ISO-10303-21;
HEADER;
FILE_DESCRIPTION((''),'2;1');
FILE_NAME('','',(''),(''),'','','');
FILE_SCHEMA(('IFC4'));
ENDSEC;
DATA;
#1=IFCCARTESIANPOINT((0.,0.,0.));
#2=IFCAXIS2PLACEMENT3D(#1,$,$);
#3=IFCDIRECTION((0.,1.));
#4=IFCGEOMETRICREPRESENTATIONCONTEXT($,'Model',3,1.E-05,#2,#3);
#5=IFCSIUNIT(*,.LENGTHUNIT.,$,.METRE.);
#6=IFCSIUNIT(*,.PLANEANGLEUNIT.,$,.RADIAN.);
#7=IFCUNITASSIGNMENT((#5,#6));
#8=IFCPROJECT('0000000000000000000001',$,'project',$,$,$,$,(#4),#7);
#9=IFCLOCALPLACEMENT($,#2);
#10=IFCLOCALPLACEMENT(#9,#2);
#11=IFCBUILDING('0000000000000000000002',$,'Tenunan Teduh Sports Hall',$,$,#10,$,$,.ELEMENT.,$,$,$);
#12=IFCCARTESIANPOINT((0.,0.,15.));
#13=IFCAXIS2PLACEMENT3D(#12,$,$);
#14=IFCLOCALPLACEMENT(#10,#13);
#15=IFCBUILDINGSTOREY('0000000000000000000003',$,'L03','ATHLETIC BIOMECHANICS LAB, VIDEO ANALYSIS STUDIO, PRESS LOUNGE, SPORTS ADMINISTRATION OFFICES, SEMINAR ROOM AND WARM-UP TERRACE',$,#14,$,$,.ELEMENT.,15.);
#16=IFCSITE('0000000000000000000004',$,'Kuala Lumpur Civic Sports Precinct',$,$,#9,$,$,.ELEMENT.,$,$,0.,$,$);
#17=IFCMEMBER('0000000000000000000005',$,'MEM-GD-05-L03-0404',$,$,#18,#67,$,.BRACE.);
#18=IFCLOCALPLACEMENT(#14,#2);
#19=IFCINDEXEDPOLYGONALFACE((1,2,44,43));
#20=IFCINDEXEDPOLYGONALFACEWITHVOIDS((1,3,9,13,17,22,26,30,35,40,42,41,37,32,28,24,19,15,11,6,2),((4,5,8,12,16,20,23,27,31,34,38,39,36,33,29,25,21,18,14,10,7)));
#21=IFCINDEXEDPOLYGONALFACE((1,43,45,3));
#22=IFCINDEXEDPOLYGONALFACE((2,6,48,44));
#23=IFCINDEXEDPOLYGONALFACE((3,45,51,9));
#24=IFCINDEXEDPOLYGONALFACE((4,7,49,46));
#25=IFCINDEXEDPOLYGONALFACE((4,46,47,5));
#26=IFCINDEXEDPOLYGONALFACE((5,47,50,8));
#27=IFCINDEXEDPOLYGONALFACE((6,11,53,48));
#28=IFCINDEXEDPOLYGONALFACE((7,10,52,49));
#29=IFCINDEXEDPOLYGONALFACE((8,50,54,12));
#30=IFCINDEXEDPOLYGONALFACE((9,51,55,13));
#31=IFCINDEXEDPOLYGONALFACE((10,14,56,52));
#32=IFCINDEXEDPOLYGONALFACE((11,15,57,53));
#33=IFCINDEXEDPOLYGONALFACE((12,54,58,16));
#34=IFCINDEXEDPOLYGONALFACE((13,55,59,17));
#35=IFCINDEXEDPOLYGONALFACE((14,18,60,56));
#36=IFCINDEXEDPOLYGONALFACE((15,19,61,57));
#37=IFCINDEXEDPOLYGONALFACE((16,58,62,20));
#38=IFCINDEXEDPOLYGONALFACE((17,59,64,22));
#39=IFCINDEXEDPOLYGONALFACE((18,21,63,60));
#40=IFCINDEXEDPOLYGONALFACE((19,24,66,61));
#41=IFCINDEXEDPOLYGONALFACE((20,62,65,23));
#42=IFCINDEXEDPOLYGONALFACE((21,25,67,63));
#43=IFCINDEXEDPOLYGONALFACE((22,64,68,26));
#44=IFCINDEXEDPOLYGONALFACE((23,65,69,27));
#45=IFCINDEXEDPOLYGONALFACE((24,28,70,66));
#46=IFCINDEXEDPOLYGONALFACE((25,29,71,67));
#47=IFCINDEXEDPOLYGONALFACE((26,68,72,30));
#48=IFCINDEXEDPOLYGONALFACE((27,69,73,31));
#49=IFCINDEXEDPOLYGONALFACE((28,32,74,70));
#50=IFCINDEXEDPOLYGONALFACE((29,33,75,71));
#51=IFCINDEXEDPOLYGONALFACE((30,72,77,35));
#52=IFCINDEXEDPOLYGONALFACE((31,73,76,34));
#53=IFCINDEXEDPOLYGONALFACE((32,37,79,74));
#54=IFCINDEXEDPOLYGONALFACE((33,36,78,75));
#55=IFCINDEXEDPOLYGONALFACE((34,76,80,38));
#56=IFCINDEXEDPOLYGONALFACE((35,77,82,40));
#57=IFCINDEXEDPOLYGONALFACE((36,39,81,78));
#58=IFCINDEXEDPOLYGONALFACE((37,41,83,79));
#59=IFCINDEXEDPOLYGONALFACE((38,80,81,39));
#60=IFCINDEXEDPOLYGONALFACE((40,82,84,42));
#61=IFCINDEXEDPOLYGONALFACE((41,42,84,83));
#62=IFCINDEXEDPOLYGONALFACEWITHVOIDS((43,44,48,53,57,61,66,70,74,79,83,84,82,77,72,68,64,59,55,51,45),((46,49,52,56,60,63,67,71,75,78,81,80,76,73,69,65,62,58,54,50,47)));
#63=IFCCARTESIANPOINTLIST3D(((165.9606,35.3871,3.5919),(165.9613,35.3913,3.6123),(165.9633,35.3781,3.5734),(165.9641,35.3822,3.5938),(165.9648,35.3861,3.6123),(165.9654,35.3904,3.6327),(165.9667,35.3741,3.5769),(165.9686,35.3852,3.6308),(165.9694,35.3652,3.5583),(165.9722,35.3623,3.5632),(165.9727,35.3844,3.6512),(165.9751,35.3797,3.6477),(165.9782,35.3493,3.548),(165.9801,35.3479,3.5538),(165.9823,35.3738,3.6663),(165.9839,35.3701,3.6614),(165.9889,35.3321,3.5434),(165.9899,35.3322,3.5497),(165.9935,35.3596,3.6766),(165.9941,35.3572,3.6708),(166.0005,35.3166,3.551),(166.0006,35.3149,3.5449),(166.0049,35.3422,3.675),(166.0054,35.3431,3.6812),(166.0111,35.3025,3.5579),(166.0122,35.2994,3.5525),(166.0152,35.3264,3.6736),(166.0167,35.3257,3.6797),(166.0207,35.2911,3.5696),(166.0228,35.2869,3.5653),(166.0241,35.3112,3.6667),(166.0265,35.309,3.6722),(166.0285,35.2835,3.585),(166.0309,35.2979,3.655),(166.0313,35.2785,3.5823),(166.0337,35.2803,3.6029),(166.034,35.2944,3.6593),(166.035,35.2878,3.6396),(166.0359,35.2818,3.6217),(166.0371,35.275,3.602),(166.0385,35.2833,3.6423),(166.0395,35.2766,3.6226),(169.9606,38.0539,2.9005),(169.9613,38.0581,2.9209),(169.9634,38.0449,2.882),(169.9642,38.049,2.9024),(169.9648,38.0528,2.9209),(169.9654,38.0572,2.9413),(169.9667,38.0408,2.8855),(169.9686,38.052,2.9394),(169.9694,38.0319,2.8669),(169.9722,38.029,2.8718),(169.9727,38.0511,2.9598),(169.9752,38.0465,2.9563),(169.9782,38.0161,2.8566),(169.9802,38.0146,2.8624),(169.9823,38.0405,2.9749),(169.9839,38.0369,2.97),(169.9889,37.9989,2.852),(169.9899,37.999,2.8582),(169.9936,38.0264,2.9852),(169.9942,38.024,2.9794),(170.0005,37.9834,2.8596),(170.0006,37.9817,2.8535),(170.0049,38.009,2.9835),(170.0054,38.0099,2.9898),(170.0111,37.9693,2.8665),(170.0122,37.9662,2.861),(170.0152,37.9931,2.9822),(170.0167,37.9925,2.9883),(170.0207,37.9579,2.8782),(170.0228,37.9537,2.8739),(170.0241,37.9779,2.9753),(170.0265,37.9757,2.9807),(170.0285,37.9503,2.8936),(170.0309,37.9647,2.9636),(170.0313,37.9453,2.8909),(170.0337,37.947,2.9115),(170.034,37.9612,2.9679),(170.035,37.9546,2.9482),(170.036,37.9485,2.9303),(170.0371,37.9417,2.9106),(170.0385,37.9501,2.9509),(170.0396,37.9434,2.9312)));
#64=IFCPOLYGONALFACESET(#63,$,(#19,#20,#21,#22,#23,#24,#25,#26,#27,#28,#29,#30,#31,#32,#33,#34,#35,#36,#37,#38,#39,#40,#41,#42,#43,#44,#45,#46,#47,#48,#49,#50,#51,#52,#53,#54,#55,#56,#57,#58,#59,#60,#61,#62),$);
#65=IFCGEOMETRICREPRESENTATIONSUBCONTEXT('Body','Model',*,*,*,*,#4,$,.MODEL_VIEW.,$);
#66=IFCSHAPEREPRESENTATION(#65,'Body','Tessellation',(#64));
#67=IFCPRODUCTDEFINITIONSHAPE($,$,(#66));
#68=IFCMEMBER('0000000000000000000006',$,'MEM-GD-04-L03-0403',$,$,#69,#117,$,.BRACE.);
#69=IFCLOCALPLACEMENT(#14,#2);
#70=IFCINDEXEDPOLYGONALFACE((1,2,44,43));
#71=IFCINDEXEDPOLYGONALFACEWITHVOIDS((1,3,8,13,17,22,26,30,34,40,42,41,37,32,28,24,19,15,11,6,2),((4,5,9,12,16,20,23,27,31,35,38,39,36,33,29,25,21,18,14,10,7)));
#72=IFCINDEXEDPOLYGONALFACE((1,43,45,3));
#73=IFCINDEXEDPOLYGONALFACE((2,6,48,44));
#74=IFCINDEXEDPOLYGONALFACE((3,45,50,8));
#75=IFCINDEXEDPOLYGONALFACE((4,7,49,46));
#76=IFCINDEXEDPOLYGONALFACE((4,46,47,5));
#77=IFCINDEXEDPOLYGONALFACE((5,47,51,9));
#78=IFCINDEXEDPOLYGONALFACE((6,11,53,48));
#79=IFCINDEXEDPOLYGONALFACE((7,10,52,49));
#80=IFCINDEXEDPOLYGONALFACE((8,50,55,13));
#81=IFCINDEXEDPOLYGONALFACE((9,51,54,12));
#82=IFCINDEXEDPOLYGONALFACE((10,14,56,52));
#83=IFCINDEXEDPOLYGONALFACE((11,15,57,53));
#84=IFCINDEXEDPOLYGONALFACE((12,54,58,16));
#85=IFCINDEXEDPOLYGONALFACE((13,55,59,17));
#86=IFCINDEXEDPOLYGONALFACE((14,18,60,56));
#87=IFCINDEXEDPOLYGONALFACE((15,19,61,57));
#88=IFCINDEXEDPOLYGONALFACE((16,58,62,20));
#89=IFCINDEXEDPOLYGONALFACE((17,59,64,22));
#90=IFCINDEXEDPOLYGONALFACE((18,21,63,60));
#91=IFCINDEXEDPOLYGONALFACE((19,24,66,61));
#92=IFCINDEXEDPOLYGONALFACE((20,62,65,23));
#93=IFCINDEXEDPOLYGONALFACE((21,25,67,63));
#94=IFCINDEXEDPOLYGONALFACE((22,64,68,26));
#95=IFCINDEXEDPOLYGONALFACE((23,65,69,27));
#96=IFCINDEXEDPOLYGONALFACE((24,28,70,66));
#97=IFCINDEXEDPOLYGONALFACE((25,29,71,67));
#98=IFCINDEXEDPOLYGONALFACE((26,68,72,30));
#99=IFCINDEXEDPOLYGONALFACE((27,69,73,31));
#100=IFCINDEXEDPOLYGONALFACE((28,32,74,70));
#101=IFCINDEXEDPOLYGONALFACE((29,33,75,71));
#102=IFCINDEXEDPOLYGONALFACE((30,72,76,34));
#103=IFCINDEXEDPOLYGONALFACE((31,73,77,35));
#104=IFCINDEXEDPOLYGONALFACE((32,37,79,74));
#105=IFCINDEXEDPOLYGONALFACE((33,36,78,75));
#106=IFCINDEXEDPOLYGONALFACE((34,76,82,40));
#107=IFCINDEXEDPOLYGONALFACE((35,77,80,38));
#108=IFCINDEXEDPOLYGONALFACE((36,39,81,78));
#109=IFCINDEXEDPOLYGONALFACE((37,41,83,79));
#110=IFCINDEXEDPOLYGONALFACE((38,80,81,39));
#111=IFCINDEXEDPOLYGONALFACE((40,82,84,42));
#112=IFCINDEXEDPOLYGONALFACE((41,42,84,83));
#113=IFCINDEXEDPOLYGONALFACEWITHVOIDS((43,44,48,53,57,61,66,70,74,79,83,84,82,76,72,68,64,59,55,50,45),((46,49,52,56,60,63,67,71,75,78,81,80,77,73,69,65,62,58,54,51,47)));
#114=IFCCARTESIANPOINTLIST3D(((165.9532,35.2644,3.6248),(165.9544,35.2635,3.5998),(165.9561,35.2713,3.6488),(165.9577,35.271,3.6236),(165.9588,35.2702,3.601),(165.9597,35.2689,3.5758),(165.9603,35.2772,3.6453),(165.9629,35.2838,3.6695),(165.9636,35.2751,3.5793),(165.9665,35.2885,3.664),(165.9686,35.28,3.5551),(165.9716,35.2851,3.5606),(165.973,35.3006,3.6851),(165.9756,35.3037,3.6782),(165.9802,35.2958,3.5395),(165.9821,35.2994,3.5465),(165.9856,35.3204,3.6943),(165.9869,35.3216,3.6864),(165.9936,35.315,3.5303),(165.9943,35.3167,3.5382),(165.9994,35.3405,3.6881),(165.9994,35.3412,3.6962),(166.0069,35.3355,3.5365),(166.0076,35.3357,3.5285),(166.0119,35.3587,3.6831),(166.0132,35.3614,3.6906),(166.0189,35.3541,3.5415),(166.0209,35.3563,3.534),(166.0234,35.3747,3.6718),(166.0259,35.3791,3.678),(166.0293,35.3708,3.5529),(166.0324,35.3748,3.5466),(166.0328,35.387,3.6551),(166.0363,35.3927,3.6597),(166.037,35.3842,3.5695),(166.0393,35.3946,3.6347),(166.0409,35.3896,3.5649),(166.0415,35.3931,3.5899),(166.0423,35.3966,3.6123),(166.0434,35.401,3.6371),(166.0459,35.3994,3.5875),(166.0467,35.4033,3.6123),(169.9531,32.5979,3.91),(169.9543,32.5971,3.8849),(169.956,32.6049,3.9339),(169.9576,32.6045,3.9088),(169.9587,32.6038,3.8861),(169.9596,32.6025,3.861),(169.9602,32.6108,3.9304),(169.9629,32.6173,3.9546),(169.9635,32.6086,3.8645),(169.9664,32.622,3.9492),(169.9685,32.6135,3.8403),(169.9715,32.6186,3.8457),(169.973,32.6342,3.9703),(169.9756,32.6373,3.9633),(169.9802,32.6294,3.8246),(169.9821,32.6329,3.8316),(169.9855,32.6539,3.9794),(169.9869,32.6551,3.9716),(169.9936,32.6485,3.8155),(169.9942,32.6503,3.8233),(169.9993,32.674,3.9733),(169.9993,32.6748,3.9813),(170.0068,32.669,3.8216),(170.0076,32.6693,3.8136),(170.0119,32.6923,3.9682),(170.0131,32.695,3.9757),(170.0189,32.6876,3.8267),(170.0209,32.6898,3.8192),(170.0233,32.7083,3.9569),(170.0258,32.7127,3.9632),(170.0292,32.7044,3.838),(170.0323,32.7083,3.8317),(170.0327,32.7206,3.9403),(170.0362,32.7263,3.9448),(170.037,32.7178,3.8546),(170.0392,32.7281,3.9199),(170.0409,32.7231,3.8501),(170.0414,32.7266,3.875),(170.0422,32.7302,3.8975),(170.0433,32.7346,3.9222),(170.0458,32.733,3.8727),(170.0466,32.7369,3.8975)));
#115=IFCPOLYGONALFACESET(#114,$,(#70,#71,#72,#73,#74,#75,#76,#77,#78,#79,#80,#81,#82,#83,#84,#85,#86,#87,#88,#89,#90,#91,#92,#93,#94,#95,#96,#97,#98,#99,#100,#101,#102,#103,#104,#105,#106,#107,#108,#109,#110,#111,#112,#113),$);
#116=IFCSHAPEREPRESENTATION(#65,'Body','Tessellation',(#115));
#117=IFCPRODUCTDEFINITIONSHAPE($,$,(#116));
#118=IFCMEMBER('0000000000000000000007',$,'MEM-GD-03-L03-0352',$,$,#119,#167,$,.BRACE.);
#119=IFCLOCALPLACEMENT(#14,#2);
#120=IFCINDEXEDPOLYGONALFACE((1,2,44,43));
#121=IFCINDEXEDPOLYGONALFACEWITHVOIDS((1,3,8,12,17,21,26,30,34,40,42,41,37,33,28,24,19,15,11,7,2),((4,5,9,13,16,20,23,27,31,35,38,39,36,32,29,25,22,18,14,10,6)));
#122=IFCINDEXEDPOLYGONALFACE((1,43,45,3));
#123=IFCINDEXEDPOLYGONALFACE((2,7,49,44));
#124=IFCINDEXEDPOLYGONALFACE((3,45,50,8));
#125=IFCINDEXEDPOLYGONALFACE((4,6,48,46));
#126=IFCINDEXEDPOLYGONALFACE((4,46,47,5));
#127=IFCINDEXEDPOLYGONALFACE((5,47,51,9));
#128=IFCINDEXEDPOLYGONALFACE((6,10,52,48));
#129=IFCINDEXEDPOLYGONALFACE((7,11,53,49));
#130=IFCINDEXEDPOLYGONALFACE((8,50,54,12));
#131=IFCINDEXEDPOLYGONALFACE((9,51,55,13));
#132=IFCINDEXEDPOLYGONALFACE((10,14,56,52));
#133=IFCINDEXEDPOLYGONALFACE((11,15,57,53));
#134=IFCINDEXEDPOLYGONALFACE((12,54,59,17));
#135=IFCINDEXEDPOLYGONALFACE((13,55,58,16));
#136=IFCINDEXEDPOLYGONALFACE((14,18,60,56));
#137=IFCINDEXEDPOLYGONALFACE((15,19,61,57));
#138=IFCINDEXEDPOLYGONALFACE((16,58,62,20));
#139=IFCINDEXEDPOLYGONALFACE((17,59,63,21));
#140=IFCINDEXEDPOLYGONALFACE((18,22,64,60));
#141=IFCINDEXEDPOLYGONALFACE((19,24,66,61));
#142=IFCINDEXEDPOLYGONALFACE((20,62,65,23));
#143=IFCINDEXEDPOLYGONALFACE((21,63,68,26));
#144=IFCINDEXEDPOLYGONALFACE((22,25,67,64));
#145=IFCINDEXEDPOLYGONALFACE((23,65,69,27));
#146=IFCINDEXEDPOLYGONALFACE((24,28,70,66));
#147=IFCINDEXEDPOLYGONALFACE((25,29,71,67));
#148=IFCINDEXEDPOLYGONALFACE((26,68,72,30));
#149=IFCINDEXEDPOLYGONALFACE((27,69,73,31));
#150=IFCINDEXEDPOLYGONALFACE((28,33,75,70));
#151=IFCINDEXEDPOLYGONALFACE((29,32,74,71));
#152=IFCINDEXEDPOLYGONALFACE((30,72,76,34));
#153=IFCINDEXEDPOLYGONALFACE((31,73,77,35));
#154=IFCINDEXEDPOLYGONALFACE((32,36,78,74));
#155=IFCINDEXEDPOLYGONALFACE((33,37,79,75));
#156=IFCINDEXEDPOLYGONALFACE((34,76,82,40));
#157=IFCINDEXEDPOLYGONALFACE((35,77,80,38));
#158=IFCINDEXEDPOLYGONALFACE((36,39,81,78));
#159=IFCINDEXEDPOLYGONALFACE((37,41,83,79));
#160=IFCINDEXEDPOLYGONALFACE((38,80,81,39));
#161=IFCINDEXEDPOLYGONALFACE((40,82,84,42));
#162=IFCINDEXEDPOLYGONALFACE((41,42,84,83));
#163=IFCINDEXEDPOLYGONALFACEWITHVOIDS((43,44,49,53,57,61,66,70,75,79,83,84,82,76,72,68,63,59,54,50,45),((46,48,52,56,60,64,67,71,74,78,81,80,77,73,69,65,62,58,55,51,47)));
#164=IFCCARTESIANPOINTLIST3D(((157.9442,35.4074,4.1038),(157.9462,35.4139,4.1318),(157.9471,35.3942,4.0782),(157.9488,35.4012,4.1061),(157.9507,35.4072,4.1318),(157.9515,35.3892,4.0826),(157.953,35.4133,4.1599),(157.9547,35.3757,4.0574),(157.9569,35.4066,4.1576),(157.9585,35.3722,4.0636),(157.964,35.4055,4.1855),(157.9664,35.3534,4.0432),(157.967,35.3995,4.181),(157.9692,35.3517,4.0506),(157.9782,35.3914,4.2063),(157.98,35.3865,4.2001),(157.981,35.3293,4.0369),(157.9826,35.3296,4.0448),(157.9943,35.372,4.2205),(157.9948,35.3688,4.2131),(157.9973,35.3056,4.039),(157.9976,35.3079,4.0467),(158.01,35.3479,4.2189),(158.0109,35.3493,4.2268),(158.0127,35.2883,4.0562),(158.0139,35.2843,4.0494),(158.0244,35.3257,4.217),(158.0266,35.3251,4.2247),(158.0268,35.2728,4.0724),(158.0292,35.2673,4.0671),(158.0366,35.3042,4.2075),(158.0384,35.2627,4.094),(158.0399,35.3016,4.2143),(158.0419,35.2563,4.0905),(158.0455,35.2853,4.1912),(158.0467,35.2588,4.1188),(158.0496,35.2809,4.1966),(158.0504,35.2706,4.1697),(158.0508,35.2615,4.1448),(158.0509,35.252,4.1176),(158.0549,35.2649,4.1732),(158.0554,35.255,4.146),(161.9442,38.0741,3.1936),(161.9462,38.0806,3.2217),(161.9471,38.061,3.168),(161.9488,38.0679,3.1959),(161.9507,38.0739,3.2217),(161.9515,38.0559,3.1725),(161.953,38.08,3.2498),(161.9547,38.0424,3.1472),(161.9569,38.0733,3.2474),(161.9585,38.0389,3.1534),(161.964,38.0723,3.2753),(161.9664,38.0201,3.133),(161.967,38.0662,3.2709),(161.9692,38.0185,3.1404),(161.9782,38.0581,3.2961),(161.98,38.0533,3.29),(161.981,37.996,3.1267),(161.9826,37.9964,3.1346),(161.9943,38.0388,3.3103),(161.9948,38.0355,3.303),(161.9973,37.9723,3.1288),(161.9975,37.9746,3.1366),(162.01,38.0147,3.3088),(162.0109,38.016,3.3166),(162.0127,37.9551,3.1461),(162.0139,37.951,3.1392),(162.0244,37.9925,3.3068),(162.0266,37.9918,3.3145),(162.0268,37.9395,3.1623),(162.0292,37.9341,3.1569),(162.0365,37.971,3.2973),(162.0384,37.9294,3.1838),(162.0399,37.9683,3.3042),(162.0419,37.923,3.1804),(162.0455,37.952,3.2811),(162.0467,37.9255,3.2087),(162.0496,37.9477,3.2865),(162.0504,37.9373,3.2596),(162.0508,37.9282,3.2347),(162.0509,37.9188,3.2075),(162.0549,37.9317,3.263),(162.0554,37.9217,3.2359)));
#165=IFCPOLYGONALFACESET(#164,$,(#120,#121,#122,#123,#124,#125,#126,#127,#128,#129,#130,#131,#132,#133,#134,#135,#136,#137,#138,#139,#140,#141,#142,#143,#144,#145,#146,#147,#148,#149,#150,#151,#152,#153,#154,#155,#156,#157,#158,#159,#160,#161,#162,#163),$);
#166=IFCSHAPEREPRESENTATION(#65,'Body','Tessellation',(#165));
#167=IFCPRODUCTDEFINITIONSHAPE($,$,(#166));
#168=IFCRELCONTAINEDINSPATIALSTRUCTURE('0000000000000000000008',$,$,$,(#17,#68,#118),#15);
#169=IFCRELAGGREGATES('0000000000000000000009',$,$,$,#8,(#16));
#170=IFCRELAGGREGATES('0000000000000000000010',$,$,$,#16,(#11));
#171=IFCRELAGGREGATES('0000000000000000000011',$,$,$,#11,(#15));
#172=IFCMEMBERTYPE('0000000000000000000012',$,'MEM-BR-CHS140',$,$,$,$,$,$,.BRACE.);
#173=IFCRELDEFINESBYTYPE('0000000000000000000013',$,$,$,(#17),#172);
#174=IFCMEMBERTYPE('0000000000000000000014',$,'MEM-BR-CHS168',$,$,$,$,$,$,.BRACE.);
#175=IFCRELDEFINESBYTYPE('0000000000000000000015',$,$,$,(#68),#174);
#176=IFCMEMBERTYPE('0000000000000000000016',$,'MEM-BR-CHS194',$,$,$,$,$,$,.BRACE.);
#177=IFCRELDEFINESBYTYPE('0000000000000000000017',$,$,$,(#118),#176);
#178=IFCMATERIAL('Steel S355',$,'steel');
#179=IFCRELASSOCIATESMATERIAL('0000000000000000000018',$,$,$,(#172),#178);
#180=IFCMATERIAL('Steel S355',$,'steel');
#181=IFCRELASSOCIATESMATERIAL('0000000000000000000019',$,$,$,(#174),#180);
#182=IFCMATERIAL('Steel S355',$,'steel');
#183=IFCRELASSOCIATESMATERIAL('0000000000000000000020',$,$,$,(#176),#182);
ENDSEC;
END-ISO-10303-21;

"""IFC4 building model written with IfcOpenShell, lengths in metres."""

from ifc_helpers import new_model, si_unit, direction, frame, origin, origin_2d, place, context, subcontext, project, spatial, hollow_circle, extrude, material, material_profile, profile_set, type_object, element, save


model = new_model("IFC4")

# Units and contexts
model_context = context("Model", 3, precision=1e-05, world=origin(), true_north=direction((0.0, 1.0)))
body_context = subcontext(model_context, "Body", "Model", "MODEL_VIEW")
ifc_project = project(units=[si_unit("LENGTHUNIT", "METRE"), si_unit("PLANEANGLEUNIT", "RADIAN")], contexts=[model_context])

# Site, building, storey
site_placement = place(None, origin())
site = spatial("IfcSite", under=ifc_project, at=site_placement, Name="Kuala Lumpur Civic Sports Precinct", CompositionType="ELEMENT", RefElevation=0.0)
building_placement = place(site_placement, origin())
building = spatial("IfcBuilding", under=site, at=building_placement, Name="Tenunan Teduh Sports Hall", CompositionType="ELEMENT")
storey_placement = place(building_placement, frame((0.0, 0.0, 15.0)))
storey = spatial("IfcBuildingStorey", under=building, at=storey_placement, Name="L03", Description="ATHLETIC BIOMECHANICS LAB, VIDEO ANALYSIS STUDIO, PRESS LOUNGE, SPORTS ADMINISTRATION OFFICES, SEMINAR ROOM AND WARM-UP TERRACE", CompositionType="ELEMENT", Elevation=15.0)

# Members
ifc_material_1 = material(Name="Steel S355", Category="steel")
ifc_material_profile_1 = material_profile(ifc_material_1, hollow_circle(Radius=0.0698, WallThickness=0.0063, at=origin_2d()), Name="CHS 139.7x6.3")
ifc_profile_set_1 = profile_set([ifc_material_profile_1], Name="Steel S355")
member_type_1 = type_object("IfcMemberType", Name="MEM-BR-CHS140", PredefinedType="BRACE", material=ifc_profile_set_1)
member_1_placement = place(storey_placement, frame((166.0, 35.3333, 3.6123), z_axis=(0.823569, 0.549063, -0.142355), x_axis=(-0.554712, 0.832042, 0.0)))
element("IfcMember", 1, at=member_1_placement, inside=storey, type_object=member_type_1, Name="MEM-GD-05-L03-0404", PredefinedType="BRACE", context=body_context, shape_type="SweptSolid", body=[
    extrude(hollow_circle(Radius=0.0698, WallThickness=0.0063, at=origin_2d()), origin(), (0.0, 0.0, 1.0), 4.8569),
])
ifc_material_2 = material(Name="Steel S355", Category="steel")
ifc_material_profile_2 = material_profile(ifc_material_2, hollow_circle(Radius=0.0842, WallThickness=0.0081, at=origin_2d()), Name="CHS 168.3x8.0")
ifc_profile_set_2 = profile_set([ifc_material_profile_2], Name="Steel S355")
member_type_2 = type_object("IfcMemberType", Name="MEM-BR-CHS168", PredefinedType="BRACE", material=ifc_profile_set_2)
member_2_placement = place(storey_placement, frame((166.0, 35.3333, 3.6123), z_axis=(0.830606, -0.553704, 0.059213), x_axis=(0.554677, 0.832066, 0.0)))
element("IfcMember", 2, at=member_2_placement, inside=storey, type_object=member_type_2, Name="MEM-GD-04-L03-0403", PredefinedType="BRACE", context=body_context, shape_type="SweptSolid", body=[
    extrude(hollow_circle(Radius=0.0842, WallThickness=0.0081, at=origin_2d()), origin(), (0.0, 0.0, 1.0), 4.8157),
])
ifc_material_3 = material(Name="Steel S355", Category="steel")
ifc_material_profile_3 = material_profile(ifc_material_3, hollow_circle(Radius=0.0969, WallThickness=0.0081, at=origin_2d()), Name="CHS 193.7x8.0")
ifc_profile_set_3 = profile_set([ifc_material_profile_3], Name="Steel S355")
member_type_3 = type_object("IfcMemberType", Name="MEM-BR-CHS194", PredefinedType="BRACE", material=ifc_profile_set_3)
member_3_placement = place(storey_placement, frame((158.0, 35.3333, 4.1318), z_axis=(0.81752, 0.54503, -0.186018), x_axis=(-0.554712, 0.832042, 0.0)))
element("IfcMember", 3, at=member_3_placement, inside=storey, type_object=member_type_3, Name="MEM-GD-03-L03-0352", PredefinedType="BRACE", context=body_context, shape_type="SweptSolid", body=[
    extrude(hollow_circle(Radius=0.0969, WallThickness=0.0081, at=origin_2d()), origin(), (0.0, 0.0, 1.0), 4.8928),
])

save(model, "model.ifc")
